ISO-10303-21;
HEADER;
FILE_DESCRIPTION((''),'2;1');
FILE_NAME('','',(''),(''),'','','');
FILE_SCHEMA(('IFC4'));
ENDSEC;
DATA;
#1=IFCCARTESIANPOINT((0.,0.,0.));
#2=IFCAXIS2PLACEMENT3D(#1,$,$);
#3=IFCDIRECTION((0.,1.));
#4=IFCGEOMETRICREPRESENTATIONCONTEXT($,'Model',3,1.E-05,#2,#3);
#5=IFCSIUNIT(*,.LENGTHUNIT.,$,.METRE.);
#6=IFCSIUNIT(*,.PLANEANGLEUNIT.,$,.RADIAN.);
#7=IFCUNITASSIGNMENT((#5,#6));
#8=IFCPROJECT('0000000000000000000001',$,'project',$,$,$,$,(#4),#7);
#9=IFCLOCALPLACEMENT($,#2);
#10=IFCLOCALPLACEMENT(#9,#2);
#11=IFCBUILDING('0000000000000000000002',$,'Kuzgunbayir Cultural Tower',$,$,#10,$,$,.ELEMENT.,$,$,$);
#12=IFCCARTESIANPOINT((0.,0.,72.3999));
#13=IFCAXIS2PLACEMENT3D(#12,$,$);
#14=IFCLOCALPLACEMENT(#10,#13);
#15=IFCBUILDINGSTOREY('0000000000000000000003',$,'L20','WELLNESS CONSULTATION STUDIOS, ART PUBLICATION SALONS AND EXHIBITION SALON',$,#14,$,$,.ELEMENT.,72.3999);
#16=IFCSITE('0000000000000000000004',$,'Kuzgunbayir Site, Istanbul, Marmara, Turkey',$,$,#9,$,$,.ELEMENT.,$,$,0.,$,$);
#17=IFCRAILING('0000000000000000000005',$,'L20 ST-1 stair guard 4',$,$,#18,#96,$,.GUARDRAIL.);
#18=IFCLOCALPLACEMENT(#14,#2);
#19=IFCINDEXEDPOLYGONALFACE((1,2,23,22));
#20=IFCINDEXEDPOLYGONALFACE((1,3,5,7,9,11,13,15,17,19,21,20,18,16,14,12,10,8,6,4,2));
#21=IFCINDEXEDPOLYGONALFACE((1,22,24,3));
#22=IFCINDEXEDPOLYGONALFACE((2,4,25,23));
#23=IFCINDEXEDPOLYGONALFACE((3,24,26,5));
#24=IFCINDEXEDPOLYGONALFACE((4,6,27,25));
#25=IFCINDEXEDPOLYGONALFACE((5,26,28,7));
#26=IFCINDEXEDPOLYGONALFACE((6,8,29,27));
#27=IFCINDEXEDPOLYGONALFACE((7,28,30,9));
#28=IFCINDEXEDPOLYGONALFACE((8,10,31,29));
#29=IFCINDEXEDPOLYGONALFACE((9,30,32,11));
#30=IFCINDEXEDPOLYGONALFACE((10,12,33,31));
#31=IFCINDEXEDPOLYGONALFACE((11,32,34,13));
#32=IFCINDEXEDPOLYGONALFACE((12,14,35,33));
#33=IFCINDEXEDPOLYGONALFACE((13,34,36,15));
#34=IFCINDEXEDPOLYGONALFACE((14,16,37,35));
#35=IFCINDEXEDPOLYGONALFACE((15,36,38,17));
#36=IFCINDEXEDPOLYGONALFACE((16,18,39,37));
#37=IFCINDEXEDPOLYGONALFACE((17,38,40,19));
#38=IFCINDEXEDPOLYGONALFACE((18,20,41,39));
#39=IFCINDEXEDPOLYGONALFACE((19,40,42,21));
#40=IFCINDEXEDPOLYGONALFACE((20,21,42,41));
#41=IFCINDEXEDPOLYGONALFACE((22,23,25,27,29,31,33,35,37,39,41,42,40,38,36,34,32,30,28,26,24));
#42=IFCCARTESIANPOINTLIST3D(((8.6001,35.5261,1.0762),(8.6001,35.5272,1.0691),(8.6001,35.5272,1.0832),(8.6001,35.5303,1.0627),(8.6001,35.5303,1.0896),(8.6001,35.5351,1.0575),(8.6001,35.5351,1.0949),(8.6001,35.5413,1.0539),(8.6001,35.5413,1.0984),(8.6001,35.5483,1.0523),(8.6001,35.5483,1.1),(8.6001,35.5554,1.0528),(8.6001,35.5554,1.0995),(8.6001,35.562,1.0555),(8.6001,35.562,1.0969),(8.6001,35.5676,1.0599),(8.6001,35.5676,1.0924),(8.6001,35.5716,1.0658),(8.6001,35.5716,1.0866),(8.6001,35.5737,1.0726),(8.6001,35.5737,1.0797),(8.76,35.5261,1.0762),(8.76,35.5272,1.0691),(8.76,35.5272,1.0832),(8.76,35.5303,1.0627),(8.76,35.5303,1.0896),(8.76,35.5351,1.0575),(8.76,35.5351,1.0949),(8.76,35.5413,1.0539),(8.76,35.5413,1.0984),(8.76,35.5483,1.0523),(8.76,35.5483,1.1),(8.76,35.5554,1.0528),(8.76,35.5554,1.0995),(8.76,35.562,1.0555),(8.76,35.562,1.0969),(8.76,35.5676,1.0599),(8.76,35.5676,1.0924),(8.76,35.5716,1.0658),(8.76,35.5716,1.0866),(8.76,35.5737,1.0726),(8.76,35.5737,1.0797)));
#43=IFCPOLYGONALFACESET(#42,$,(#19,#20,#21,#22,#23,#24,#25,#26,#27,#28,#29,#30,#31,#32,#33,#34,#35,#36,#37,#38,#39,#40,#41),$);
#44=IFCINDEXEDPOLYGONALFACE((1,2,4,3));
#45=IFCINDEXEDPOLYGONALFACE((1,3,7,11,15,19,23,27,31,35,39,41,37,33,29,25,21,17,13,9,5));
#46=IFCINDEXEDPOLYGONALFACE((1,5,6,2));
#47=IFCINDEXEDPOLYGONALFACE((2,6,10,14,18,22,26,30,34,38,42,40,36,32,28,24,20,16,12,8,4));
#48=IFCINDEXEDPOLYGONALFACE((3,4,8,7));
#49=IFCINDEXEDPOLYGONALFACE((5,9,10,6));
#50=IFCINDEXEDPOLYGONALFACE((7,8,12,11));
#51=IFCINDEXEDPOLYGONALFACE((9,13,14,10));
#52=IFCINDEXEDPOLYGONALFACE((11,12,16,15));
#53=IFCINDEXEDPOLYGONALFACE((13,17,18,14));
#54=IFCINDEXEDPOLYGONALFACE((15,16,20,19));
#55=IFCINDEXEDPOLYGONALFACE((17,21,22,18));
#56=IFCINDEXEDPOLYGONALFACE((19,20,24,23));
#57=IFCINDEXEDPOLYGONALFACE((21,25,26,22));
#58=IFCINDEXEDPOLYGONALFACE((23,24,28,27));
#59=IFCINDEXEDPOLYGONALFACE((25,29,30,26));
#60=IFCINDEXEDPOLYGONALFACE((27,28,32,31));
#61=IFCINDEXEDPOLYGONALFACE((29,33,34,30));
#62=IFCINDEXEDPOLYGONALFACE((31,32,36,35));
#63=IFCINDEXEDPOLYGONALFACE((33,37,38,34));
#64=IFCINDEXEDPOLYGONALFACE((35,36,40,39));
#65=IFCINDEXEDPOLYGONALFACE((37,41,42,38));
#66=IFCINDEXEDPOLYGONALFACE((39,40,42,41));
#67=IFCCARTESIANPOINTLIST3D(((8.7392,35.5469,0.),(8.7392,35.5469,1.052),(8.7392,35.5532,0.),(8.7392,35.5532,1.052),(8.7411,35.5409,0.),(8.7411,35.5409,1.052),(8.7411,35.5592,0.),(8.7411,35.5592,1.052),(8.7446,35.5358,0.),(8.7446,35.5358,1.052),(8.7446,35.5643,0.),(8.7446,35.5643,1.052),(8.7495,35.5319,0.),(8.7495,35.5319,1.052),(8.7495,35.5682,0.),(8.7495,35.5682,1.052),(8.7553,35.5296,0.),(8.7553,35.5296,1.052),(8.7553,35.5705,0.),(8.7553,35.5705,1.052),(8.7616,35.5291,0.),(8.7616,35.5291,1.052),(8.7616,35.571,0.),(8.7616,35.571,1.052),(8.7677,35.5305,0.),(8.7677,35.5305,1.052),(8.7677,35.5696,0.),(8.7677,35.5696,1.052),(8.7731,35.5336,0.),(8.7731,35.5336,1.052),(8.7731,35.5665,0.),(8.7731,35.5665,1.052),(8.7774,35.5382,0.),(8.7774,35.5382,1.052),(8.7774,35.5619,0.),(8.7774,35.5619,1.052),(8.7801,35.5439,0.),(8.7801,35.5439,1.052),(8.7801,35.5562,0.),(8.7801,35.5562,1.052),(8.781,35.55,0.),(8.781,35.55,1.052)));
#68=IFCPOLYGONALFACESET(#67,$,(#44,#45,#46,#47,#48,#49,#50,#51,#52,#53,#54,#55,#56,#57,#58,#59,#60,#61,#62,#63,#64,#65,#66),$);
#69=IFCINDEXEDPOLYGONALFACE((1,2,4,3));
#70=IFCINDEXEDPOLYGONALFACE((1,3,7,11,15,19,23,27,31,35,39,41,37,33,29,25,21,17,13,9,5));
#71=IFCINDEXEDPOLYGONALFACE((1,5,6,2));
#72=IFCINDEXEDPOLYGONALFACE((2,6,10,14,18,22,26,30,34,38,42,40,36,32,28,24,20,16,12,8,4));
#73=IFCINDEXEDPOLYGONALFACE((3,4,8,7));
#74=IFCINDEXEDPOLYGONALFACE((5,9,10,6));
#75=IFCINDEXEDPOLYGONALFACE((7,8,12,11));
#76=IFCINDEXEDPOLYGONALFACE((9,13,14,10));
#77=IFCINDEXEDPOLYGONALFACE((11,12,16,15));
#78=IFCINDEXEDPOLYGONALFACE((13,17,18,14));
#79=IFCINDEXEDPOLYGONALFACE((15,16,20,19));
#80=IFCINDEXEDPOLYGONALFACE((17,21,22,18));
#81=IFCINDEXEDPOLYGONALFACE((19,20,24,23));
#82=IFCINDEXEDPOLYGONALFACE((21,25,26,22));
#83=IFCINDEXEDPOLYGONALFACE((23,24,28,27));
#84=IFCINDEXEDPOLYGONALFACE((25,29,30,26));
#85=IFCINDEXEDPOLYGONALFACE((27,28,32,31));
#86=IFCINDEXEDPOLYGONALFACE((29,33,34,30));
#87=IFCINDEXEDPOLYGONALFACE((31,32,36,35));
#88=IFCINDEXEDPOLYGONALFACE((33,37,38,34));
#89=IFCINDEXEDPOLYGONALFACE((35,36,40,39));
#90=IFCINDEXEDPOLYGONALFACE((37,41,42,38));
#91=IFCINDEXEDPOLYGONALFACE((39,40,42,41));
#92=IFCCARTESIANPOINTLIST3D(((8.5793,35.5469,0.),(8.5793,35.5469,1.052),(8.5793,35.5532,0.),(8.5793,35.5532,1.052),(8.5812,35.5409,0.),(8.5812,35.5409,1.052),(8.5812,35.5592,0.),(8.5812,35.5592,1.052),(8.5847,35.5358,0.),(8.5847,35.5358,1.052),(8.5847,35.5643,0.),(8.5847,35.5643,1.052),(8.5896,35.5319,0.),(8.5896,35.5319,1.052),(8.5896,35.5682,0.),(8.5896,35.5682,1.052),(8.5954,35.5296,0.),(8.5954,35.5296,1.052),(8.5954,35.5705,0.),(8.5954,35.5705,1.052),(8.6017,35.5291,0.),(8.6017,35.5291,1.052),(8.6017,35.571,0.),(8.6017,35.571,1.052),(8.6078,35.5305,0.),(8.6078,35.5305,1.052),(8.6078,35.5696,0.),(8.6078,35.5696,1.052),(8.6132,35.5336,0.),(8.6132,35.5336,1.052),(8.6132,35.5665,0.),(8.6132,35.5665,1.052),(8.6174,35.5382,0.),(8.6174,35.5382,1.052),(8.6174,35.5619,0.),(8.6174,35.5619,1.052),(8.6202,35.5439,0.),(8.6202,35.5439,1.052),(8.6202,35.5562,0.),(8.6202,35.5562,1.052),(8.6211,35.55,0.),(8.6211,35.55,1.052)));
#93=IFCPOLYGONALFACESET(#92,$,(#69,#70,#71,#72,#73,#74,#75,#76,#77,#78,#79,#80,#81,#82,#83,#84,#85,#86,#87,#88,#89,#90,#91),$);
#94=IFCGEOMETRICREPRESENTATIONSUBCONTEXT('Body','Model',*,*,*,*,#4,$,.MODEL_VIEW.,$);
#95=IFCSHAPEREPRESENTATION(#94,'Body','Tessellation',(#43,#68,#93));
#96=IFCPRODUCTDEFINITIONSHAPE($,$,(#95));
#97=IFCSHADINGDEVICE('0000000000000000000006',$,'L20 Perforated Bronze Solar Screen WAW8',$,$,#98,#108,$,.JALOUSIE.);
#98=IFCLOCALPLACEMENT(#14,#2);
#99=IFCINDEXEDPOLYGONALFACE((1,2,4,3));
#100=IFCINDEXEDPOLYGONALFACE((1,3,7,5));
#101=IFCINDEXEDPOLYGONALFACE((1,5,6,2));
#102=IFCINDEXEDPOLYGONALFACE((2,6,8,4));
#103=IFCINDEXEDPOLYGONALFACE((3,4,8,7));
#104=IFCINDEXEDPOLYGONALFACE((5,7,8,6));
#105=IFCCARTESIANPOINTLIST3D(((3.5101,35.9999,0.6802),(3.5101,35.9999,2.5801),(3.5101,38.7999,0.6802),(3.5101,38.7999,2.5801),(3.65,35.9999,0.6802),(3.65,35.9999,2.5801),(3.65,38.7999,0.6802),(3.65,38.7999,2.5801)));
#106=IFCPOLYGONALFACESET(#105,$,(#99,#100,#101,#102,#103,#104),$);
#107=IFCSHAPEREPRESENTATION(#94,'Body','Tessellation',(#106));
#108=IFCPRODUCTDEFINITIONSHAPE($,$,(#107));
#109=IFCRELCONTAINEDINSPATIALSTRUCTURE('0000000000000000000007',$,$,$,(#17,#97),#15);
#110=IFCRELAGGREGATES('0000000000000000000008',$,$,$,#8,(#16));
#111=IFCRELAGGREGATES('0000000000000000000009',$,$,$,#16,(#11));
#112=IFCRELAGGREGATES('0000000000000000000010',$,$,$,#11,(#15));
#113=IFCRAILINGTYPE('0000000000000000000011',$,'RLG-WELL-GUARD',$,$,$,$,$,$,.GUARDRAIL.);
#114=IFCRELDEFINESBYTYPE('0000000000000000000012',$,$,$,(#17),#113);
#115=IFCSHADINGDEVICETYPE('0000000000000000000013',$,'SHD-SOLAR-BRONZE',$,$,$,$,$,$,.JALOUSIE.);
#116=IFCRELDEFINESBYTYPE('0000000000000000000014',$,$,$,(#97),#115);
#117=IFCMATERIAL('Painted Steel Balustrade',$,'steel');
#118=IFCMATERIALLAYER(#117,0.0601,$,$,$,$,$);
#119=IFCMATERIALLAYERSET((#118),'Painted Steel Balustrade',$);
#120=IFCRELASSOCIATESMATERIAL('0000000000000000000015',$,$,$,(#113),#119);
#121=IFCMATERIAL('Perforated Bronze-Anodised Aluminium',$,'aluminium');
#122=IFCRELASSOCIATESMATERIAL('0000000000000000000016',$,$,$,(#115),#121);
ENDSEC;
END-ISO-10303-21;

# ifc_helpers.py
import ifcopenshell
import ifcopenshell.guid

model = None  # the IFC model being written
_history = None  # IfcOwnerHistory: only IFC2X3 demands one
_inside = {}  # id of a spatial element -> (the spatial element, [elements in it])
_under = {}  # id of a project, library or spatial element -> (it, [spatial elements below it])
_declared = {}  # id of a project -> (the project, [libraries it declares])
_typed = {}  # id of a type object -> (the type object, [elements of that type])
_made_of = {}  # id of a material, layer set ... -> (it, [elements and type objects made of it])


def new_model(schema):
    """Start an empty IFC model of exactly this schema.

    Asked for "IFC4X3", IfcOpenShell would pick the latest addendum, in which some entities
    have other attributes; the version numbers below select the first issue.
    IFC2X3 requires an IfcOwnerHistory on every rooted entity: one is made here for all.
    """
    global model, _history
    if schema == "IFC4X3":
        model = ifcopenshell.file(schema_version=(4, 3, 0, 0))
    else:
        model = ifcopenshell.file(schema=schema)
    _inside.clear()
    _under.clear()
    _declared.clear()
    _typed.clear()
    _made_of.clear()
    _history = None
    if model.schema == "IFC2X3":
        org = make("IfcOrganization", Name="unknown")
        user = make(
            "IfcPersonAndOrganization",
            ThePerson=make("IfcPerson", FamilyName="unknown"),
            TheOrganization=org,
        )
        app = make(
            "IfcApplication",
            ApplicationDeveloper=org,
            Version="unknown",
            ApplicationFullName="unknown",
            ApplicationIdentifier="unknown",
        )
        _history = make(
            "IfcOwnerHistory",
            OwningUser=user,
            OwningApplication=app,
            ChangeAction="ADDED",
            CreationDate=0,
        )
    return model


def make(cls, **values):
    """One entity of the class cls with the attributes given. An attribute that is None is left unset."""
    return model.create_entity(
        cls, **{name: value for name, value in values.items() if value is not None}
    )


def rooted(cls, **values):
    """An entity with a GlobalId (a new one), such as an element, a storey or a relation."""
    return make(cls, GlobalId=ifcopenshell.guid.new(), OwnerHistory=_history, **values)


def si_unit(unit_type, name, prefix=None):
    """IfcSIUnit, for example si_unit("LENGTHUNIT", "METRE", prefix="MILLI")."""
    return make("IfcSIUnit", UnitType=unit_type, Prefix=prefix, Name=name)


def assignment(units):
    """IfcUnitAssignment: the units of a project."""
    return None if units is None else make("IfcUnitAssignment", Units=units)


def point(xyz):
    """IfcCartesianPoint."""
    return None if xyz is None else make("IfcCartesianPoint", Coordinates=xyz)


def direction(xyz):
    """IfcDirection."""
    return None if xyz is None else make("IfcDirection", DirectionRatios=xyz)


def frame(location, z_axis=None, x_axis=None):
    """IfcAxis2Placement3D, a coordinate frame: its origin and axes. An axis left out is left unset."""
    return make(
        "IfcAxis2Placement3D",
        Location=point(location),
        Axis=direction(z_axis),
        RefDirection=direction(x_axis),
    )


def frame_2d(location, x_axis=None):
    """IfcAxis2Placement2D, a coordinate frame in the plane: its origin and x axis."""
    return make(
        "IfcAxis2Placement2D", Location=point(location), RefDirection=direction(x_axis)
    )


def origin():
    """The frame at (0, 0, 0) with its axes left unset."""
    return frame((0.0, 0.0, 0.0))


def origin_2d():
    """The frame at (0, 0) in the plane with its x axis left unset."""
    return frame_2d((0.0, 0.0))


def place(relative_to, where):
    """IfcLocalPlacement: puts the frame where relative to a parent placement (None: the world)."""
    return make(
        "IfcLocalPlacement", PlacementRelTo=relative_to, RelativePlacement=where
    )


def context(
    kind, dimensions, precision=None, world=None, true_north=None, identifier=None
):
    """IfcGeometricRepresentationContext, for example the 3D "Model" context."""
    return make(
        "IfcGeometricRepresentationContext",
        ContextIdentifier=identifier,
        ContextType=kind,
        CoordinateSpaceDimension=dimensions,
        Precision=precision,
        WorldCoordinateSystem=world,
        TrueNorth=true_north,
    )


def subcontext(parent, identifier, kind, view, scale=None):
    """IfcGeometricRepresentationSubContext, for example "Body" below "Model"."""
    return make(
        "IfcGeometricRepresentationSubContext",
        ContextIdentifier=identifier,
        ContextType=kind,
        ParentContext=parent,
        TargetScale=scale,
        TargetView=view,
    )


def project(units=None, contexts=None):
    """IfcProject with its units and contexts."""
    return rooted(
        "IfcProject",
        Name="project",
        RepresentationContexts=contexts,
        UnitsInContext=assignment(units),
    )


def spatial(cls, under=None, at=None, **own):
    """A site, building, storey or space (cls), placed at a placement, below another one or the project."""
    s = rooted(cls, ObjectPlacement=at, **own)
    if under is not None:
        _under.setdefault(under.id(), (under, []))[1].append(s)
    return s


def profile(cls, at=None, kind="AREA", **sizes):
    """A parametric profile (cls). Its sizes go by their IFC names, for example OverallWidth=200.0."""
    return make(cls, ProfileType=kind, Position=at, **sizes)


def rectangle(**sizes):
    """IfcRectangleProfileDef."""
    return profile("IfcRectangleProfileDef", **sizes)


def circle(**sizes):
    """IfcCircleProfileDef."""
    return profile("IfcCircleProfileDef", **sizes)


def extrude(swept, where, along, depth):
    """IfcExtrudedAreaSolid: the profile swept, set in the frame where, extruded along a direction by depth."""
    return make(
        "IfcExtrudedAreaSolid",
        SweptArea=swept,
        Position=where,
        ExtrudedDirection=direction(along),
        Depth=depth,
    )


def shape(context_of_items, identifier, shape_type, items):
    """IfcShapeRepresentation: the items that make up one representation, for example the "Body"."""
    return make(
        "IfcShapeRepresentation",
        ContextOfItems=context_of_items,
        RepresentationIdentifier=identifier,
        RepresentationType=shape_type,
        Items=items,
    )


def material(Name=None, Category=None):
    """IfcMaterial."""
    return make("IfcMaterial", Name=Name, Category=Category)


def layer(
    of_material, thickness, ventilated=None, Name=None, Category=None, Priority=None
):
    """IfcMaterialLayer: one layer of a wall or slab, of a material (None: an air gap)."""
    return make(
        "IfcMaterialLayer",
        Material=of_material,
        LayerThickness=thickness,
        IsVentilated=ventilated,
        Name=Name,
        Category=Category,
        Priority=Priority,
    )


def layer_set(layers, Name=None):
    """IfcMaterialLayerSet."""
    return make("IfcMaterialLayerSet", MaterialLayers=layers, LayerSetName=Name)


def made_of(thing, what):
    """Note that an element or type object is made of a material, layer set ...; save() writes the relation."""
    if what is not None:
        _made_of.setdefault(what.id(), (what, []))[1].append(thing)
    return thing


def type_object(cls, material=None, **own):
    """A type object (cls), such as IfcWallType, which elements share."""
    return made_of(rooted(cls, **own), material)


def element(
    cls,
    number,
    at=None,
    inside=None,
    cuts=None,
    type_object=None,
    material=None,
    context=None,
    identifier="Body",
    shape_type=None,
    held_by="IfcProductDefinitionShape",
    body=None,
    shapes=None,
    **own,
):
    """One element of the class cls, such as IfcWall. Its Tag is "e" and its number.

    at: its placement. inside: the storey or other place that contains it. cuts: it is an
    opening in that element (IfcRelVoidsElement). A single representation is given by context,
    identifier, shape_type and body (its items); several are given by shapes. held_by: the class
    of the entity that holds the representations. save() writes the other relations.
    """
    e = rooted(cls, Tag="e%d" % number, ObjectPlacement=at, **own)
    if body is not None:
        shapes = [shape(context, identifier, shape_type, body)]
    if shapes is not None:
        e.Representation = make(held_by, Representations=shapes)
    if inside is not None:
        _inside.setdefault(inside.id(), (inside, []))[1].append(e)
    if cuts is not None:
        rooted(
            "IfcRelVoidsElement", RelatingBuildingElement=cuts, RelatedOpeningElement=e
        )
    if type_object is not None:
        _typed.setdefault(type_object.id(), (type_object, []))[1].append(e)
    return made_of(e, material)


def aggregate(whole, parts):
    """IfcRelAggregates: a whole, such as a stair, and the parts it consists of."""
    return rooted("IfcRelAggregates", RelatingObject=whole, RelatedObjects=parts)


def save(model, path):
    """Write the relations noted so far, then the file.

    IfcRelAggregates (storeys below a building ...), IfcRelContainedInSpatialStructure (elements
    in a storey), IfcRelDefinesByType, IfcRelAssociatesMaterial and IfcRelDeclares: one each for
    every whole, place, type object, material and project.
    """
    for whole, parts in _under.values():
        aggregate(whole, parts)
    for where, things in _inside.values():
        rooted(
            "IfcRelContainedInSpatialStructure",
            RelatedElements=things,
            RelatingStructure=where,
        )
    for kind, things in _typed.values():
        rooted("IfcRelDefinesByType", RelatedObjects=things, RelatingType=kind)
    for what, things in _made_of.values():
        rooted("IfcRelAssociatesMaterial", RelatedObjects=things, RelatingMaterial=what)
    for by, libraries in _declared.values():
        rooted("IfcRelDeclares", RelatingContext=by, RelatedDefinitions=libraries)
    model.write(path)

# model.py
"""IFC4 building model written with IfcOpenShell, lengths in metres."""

from ifc_helpers import new_model, si_unit, direction, frame, origin, origin_2d, place, context, subcontext, project, spatial, rectangle, circle, extrude, material, layer, layer_set, type_object, element, save


model = new_model("IFC4")

# Units and contexts
model_context = context("Model", 3, precision=1e-05, world=origin(), true_north=direction((0.0, 1.0)))
body_context = subcontext(model_context, "Body", "Model", "MODEL_VIEW")
ifc_project = project(units=[si_unit("LENGTHUNIT", "METRE"), si_unit("PLANEANGLEUNIT", "RADIAN")], contexts=[model_context])

# Site, building, storey
site_placement = place(None, origin())
site = spatial("IfcSite", under=ifc_project, at=site_placement, Name="Kuzgunbayir Site, Istanbul, Marmara, Turkey", CompositionType="ELEMENT", RefElevation=0.0)
building_placement = place(site_placement, origin())
building = spatial("IfcBuilding", under=site, at=building_placement, Name="Kuzgunbayir Cultural Tower", CompositionType="ELEMENT")
storey_placement = place(building_placement, frame((0.0, 0.0, 72.3999)))
storey = spatial("IfcBuildingStorey", under=building, at=storey_placement, Name="L20", Description="WELLNESS CONSULTATION STUDIOS, ART PUBLICATION SALONS AND EXHIBITION SALON", CompositionType="ELEMENT", Elevation=72.3999)

# Railing
ifc_material_1 = material(Name="Painted Steel Balustrade", Category="steel")
ifc_layer_1 = layer(ifc_material_1, 0.0601)
ifc_layer_set_1 = layer_set([ifc_layer_1], Name="Painted Steel Balustrade")
railing_type_1 = type_object("IfcRailingType", Name="RLG-WELL-GUARD", PredefinedType="GUARDRAIL", material=ifc_layer_set_1)
railing_1_placement = place(storey_placement, frame((8.76, 35.55, 0.0)))
element("IfcRailing", 1, at=railing_1_placement, inside=storey, type_object=railing_type_1, Name="L20 ST-1 stair guard 4", PredefinedType="GUARDRAIL", context=body_context, shape_type="SweptSolid", body=[
    extrude(circle(Radius=0.0239, at=origin_2d()), frame((0.0, 0.0, 1.0762), z_axis=(-1.0, 0.0, 0.0), x_axis=(0.0, -1.0, 0.0)), (0.0, 0.0, 1.0), 0.1599),
    extrude(circle(Radius=0.021, at=origin_2d()), origin(), (0.0, 0.0, 1.0), 1.052),
    extrude(circle(Radius=0.021, at=origin_2d()), frame((-0.1599, 0.0, 0.0)), (0.0, 0.0, 1.0), 1.052),
])

# Shading device
ifc_material_2 = material(Name="Perforated Bronze-Anodised Aluminium", Category="aluminium")
shading_device_type = type_object("IfcShadingDeviceType", Name="SHD-SOLAR-BRONZE", PredefinedType="JALOUSIE", material=ifc_material_2)
shading_device_placement = place(storey_placement, frame((3.5801, 37.3999, 0.6802), z_axis=(0.0, 0.0, 1.0), x_axis=(1.0, 0.0, 0.0)))
element("IfcShadingDevice", 2, at=shading_device_placement, inside=storey, type_object=shading_device_type, Name="L20 Perforated Bronze Solar Screen WAW8", PredefinedType="JALOUSIE", context=body_context, shape_type="SweptSolid", body=[
    extrude(rectangle(XDim=0.1399, YDim=2.8, at=origin_2d()), origin(), (0.0, 0.0, 1.0), 1.8999),
])

save(model, "model.ifc")
